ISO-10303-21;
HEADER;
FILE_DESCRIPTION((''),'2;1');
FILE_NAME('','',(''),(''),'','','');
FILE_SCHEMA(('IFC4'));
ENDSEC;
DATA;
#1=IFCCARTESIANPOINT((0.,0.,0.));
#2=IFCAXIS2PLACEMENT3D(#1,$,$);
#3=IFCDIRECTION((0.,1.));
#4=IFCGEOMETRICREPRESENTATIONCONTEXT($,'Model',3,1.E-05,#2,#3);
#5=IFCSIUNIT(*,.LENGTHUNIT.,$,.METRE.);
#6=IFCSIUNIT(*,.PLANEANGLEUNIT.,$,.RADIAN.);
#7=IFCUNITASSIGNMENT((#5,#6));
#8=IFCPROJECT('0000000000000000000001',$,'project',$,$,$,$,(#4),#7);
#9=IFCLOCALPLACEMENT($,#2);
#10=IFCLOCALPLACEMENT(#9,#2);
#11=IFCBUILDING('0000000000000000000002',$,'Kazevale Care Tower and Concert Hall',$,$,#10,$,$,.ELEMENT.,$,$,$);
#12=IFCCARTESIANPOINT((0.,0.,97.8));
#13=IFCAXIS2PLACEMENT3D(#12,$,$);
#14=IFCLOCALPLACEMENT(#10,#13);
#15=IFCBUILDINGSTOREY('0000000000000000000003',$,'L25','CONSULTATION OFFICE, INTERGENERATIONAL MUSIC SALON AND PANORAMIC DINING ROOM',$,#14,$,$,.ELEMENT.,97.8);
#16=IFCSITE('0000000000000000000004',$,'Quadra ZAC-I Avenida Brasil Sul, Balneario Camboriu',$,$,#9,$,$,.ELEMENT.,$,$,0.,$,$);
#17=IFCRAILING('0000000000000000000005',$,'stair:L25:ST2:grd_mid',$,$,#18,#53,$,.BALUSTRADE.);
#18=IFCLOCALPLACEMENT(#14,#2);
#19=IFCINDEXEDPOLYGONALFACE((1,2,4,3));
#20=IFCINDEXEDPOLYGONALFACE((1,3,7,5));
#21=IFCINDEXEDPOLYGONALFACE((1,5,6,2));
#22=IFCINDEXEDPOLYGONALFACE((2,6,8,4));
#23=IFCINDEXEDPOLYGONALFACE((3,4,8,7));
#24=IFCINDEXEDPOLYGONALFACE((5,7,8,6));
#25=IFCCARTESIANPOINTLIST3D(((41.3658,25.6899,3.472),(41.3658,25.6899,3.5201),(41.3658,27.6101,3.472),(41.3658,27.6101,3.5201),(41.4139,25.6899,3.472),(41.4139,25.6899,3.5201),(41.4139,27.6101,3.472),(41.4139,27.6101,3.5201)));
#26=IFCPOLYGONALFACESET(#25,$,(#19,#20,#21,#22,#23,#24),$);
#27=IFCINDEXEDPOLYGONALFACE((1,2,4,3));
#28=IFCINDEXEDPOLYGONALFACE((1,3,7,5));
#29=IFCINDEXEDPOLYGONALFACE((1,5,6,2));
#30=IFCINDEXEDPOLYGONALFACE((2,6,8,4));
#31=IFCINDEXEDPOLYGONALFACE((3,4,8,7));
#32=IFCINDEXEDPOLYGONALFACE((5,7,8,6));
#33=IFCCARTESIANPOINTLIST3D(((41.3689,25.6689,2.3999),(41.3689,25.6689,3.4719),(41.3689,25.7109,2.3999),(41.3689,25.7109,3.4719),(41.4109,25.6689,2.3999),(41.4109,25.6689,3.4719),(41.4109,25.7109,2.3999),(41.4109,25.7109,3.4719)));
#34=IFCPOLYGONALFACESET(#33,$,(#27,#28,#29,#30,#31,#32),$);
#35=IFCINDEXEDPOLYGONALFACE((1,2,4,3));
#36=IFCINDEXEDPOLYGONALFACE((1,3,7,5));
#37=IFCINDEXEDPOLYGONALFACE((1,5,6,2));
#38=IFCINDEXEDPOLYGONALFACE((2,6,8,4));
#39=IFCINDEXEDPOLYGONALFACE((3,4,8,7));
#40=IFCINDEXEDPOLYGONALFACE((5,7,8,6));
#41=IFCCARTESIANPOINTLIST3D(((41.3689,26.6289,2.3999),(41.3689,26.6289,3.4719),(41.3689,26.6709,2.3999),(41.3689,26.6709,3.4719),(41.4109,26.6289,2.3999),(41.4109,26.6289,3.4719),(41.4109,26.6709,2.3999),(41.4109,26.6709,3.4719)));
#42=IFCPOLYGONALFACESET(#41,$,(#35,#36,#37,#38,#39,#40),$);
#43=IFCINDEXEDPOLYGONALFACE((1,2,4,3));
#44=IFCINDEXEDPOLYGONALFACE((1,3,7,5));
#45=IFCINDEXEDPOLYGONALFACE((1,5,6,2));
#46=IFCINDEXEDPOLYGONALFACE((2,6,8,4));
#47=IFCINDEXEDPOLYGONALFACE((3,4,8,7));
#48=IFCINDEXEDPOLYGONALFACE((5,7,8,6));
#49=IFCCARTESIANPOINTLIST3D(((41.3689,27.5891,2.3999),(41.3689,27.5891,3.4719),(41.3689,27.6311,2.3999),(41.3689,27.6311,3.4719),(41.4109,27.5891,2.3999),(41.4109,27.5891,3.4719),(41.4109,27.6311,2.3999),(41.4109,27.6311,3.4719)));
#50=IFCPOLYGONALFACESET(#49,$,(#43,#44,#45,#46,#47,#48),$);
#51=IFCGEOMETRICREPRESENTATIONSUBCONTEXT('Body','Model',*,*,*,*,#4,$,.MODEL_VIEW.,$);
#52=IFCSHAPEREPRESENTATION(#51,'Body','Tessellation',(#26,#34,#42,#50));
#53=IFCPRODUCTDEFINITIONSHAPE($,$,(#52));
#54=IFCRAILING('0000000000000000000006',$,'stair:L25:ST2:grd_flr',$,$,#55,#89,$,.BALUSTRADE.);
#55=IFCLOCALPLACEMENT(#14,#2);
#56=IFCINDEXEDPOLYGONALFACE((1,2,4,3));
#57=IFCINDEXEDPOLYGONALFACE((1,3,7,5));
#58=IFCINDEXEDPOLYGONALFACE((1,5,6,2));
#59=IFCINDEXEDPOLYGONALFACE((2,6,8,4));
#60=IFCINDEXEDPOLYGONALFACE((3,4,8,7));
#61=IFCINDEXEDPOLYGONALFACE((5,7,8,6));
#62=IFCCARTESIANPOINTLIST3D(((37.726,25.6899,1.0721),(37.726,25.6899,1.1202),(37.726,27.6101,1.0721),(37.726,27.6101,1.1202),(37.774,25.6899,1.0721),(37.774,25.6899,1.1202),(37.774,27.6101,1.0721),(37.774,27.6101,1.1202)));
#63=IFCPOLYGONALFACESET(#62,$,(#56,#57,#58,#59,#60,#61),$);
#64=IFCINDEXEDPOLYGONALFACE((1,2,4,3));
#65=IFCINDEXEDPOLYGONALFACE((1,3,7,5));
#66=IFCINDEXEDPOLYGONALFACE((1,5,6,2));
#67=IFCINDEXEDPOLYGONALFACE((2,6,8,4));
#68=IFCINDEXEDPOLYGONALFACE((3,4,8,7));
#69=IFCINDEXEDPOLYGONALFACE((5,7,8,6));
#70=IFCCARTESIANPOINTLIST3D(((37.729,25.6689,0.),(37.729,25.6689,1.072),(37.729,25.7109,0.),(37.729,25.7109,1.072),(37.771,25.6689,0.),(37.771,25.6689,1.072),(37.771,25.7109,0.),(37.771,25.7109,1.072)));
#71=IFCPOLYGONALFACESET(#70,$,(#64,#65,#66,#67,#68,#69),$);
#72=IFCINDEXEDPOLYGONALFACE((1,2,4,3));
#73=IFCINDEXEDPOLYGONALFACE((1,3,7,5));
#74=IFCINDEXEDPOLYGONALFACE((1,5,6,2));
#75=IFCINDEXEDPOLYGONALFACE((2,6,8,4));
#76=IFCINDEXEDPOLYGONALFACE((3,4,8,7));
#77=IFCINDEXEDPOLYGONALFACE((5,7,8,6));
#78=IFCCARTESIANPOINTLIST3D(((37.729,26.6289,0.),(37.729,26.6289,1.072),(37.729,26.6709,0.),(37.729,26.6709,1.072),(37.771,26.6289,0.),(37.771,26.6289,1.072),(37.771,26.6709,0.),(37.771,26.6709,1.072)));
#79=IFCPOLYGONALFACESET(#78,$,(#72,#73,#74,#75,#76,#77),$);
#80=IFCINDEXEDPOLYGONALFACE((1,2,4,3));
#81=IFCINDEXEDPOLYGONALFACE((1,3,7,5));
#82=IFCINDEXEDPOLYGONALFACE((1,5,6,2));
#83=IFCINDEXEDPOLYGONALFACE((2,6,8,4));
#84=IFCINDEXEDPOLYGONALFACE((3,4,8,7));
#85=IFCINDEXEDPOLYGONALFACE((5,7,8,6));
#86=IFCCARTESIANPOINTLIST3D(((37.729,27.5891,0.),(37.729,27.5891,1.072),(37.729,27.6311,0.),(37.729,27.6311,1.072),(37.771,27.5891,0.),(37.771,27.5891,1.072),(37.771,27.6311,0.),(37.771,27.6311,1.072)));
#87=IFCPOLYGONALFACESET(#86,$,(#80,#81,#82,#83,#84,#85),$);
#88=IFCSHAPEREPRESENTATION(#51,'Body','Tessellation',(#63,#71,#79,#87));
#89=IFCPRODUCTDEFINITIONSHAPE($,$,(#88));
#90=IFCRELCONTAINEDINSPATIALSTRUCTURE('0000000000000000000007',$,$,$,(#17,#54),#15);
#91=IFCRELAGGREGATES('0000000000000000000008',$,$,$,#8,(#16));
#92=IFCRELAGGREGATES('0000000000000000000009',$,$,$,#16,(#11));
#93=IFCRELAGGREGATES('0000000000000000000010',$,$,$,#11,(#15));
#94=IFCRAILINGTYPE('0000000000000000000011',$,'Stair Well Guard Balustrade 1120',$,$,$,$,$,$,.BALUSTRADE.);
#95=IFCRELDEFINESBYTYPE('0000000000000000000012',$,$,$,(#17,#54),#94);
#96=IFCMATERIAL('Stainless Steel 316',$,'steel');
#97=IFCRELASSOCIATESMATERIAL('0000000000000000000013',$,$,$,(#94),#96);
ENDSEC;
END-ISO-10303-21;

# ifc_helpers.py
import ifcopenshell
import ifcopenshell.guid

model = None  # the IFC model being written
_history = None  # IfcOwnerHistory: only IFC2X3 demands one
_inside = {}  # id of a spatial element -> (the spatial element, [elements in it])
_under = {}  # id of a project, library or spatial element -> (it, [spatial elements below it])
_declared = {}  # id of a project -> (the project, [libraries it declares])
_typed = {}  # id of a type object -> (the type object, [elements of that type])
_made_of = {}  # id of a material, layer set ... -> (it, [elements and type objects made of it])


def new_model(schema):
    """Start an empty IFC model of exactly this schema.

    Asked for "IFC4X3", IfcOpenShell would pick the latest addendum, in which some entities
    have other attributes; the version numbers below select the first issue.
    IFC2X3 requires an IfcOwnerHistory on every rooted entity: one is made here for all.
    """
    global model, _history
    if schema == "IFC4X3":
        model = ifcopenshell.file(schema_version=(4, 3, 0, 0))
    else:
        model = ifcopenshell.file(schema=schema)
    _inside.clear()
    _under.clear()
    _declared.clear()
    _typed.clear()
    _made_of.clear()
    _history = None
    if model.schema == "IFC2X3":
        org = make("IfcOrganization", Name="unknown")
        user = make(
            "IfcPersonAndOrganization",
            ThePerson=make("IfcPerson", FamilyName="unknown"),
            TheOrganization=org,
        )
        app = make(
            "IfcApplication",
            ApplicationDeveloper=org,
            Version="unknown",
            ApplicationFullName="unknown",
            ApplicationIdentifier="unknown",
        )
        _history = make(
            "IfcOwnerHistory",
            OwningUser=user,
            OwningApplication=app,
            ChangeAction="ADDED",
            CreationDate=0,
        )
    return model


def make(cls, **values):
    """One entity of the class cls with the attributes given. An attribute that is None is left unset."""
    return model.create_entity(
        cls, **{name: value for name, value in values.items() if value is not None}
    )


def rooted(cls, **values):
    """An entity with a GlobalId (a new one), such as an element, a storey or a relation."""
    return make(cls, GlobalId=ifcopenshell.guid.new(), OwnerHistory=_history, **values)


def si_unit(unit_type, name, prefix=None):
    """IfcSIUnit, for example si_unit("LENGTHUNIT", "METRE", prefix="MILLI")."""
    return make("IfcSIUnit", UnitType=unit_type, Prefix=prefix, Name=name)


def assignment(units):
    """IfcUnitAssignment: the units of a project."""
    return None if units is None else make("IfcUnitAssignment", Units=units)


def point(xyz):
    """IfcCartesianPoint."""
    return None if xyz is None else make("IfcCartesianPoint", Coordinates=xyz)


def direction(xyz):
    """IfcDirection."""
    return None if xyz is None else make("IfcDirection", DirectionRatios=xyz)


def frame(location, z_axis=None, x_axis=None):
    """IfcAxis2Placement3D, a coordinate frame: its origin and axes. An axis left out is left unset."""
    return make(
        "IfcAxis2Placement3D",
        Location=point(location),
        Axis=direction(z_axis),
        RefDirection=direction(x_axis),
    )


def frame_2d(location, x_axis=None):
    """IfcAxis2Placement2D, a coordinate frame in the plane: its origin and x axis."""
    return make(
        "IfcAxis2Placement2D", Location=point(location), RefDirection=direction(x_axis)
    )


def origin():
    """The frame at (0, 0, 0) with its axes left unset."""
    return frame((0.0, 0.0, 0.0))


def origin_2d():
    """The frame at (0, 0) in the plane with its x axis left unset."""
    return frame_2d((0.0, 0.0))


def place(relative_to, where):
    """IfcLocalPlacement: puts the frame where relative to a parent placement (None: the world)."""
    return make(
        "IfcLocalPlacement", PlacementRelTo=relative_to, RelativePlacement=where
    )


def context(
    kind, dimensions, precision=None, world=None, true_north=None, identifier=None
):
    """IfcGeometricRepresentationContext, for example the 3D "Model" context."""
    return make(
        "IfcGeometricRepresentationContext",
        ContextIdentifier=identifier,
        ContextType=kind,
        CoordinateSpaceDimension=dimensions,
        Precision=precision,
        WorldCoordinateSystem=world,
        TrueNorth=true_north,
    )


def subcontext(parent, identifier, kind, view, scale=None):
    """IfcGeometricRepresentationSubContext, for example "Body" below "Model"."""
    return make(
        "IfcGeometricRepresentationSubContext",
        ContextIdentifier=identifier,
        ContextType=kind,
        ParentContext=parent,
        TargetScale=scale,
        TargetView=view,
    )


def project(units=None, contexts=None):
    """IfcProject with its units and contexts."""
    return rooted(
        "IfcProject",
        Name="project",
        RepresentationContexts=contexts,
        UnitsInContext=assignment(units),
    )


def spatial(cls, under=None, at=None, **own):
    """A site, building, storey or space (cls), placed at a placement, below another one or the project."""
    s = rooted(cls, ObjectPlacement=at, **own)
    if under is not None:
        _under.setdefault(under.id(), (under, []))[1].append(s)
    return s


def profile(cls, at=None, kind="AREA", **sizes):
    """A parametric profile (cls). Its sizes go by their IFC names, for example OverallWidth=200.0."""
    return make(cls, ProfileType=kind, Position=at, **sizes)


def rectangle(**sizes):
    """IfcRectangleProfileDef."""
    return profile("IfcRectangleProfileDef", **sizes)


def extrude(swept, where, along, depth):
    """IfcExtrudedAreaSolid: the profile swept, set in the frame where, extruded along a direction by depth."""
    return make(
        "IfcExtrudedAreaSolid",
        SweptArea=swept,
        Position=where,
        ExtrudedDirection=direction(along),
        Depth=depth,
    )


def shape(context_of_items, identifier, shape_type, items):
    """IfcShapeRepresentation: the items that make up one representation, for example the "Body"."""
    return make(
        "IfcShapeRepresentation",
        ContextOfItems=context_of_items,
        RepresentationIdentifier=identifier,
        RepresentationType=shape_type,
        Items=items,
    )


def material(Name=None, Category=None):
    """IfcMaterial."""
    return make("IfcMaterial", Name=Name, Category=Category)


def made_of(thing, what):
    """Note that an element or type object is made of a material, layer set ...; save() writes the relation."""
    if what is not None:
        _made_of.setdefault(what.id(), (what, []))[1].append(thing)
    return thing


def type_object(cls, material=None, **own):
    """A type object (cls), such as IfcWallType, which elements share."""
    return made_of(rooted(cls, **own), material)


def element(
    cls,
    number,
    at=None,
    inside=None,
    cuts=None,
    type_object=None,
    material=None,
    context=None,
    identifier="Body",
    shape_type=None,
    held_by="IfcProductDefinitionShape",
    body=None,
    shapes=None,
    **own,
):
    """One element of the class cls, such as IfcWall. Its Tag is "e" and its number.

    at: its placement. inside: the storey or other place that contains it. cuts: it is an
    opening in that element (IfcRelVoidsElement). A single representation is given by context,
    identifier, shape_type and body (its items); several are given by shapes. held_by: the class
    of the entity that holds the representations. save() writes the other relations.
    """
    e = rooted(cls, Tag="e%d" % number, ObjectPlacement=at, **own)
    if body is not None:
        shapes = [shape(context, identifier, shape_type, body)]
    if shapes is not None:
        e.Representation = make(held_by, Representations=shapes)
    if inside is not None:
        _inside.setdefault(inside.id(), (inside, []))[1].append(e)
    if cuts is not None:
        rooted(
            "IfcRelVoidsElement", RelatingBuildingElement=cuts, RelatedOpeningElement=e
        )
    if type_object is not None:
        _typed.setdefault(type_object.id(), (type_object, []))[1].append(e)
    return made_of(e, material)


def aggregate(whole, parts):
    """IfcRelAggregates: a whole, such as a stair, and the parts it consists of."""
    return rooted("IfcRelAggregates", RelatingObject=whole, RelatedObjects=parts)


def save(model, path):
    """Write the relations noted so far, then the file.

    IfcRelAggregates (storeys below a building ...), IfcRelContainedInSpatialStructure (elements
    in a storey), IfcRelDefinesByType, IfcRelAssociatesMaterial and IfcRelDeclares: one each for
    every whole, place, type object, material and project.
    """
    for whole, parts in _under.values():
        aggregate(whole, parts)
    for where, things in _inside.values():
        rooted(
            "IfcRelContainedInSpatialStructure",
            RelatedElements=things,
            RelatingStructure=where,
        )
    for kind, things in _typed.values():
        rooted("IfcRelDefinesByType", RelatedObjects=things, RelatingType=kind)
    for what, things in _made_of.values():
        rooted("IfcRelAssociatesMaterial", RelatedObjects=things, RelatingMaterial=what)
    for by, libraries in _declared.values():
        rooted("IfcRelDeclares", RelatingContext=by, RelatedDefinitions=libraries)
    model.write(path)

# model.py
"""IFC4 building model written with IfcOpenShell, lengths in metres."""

from ifc_helpers import new_model, si_unit, direction, frame, origin, origin_2d, place, context, subcontext, project, spatial, rectangle, extrude, material, type_object, element, save


model = new_model("IFC4")

# Units and contexts
model_context = context("Model", 3, precision=1e-05, world=origin(), true_north=direction((0.0, 1.0)))
body_context = subcontext(model_context, "Body", "Model", "MODEL_VIEW")
ifc_project = project(units=[si_unit("LENGTHUNIT", "METRE"), si_unit("PLANEANGLEUNIT", "RADIAN")], contexts=[model_context])

# Site, building, storey
site_placement = place(None, origin())
site = spatial("IfcSite", under=ifc_project, at=site_placement, Name="Quadra ZAC-I Avenida Brasil Sul, Balneario Camboriu", CompositionType="ELEMENT", RefElevation=0.0)
building_placement = place(site_placement, origin())
building = spatial("IfcBuilding", under=site, at=building_placement, Name="Kazevale Care Tower and Concert Hall", CompositionType="ELEMENT")
storey_placement = place(building_placement, frame((0.0, 0.0, 97.8)))
storey = spatial("IfcBuildingStorey", under=building, at=storey_placement, Name="L25", Description="CONSULTATION OFFICE, INTERGENERATIONAL MUSIC SALON AND PANORAMIC DINING ROOM", CompositionType="ELEMENT", Elevation=97.8)

# Railings
ifc_material_1 = material(Name="Stainless Steel 316", Category="steel")
railing_type_1 = type_object("IfcRailingType", Name="Stair Well Guard Balustrade 1120", PredefinedType="BALUSTRADE", material=ifc_material_1)
for number, where, name in (
    (1, (41.3899, 25.6899, 2.3999), "stair:L25:ST2:grd_mid"),
    (2, (37.75, 25.6899, 0.0), "stair:L25:ST2:grd_flr"),
):
    element("IfcRailing", number, at=place(storey_placement, frame(where)), inside=storey, type_object=railing_type_1, Name=name, PredefinedType="BALUSTRADE", context=body_context, shape_type="SweptSolid", body=[
        extrude(rectangle(XDim=0.0481, YDim=0.0481, at=origin_2d()), frame((0.0, 0.0, 1.0962), z_axis=(0.0, 1.0, 0.0), x_axis=(-1.0, 0.0, 0.0)), (0.0, 0.0, 1.0), 1.9202),
        extrude(rectangle(XDim=0.042, YDim=0.042, at=origin_2d()), origin(), (0.0, 0.0, 1.0), 1.072),
        extrude(rectangle(XDim=0.042, YDim=0.042, at=origin_2d()), frame((0.0, 0.96, 0.0)), (0.0, 0.0, 1.0), 1.072),
        extrude(rectangle(XDim=0.042, YDim=0.042, at=origin_2d()), frame((0.0, 1.9202, 0.0)), (0.0, 0.0, 1.0), 1.072),
    ])

save(model, "model.ifc")
